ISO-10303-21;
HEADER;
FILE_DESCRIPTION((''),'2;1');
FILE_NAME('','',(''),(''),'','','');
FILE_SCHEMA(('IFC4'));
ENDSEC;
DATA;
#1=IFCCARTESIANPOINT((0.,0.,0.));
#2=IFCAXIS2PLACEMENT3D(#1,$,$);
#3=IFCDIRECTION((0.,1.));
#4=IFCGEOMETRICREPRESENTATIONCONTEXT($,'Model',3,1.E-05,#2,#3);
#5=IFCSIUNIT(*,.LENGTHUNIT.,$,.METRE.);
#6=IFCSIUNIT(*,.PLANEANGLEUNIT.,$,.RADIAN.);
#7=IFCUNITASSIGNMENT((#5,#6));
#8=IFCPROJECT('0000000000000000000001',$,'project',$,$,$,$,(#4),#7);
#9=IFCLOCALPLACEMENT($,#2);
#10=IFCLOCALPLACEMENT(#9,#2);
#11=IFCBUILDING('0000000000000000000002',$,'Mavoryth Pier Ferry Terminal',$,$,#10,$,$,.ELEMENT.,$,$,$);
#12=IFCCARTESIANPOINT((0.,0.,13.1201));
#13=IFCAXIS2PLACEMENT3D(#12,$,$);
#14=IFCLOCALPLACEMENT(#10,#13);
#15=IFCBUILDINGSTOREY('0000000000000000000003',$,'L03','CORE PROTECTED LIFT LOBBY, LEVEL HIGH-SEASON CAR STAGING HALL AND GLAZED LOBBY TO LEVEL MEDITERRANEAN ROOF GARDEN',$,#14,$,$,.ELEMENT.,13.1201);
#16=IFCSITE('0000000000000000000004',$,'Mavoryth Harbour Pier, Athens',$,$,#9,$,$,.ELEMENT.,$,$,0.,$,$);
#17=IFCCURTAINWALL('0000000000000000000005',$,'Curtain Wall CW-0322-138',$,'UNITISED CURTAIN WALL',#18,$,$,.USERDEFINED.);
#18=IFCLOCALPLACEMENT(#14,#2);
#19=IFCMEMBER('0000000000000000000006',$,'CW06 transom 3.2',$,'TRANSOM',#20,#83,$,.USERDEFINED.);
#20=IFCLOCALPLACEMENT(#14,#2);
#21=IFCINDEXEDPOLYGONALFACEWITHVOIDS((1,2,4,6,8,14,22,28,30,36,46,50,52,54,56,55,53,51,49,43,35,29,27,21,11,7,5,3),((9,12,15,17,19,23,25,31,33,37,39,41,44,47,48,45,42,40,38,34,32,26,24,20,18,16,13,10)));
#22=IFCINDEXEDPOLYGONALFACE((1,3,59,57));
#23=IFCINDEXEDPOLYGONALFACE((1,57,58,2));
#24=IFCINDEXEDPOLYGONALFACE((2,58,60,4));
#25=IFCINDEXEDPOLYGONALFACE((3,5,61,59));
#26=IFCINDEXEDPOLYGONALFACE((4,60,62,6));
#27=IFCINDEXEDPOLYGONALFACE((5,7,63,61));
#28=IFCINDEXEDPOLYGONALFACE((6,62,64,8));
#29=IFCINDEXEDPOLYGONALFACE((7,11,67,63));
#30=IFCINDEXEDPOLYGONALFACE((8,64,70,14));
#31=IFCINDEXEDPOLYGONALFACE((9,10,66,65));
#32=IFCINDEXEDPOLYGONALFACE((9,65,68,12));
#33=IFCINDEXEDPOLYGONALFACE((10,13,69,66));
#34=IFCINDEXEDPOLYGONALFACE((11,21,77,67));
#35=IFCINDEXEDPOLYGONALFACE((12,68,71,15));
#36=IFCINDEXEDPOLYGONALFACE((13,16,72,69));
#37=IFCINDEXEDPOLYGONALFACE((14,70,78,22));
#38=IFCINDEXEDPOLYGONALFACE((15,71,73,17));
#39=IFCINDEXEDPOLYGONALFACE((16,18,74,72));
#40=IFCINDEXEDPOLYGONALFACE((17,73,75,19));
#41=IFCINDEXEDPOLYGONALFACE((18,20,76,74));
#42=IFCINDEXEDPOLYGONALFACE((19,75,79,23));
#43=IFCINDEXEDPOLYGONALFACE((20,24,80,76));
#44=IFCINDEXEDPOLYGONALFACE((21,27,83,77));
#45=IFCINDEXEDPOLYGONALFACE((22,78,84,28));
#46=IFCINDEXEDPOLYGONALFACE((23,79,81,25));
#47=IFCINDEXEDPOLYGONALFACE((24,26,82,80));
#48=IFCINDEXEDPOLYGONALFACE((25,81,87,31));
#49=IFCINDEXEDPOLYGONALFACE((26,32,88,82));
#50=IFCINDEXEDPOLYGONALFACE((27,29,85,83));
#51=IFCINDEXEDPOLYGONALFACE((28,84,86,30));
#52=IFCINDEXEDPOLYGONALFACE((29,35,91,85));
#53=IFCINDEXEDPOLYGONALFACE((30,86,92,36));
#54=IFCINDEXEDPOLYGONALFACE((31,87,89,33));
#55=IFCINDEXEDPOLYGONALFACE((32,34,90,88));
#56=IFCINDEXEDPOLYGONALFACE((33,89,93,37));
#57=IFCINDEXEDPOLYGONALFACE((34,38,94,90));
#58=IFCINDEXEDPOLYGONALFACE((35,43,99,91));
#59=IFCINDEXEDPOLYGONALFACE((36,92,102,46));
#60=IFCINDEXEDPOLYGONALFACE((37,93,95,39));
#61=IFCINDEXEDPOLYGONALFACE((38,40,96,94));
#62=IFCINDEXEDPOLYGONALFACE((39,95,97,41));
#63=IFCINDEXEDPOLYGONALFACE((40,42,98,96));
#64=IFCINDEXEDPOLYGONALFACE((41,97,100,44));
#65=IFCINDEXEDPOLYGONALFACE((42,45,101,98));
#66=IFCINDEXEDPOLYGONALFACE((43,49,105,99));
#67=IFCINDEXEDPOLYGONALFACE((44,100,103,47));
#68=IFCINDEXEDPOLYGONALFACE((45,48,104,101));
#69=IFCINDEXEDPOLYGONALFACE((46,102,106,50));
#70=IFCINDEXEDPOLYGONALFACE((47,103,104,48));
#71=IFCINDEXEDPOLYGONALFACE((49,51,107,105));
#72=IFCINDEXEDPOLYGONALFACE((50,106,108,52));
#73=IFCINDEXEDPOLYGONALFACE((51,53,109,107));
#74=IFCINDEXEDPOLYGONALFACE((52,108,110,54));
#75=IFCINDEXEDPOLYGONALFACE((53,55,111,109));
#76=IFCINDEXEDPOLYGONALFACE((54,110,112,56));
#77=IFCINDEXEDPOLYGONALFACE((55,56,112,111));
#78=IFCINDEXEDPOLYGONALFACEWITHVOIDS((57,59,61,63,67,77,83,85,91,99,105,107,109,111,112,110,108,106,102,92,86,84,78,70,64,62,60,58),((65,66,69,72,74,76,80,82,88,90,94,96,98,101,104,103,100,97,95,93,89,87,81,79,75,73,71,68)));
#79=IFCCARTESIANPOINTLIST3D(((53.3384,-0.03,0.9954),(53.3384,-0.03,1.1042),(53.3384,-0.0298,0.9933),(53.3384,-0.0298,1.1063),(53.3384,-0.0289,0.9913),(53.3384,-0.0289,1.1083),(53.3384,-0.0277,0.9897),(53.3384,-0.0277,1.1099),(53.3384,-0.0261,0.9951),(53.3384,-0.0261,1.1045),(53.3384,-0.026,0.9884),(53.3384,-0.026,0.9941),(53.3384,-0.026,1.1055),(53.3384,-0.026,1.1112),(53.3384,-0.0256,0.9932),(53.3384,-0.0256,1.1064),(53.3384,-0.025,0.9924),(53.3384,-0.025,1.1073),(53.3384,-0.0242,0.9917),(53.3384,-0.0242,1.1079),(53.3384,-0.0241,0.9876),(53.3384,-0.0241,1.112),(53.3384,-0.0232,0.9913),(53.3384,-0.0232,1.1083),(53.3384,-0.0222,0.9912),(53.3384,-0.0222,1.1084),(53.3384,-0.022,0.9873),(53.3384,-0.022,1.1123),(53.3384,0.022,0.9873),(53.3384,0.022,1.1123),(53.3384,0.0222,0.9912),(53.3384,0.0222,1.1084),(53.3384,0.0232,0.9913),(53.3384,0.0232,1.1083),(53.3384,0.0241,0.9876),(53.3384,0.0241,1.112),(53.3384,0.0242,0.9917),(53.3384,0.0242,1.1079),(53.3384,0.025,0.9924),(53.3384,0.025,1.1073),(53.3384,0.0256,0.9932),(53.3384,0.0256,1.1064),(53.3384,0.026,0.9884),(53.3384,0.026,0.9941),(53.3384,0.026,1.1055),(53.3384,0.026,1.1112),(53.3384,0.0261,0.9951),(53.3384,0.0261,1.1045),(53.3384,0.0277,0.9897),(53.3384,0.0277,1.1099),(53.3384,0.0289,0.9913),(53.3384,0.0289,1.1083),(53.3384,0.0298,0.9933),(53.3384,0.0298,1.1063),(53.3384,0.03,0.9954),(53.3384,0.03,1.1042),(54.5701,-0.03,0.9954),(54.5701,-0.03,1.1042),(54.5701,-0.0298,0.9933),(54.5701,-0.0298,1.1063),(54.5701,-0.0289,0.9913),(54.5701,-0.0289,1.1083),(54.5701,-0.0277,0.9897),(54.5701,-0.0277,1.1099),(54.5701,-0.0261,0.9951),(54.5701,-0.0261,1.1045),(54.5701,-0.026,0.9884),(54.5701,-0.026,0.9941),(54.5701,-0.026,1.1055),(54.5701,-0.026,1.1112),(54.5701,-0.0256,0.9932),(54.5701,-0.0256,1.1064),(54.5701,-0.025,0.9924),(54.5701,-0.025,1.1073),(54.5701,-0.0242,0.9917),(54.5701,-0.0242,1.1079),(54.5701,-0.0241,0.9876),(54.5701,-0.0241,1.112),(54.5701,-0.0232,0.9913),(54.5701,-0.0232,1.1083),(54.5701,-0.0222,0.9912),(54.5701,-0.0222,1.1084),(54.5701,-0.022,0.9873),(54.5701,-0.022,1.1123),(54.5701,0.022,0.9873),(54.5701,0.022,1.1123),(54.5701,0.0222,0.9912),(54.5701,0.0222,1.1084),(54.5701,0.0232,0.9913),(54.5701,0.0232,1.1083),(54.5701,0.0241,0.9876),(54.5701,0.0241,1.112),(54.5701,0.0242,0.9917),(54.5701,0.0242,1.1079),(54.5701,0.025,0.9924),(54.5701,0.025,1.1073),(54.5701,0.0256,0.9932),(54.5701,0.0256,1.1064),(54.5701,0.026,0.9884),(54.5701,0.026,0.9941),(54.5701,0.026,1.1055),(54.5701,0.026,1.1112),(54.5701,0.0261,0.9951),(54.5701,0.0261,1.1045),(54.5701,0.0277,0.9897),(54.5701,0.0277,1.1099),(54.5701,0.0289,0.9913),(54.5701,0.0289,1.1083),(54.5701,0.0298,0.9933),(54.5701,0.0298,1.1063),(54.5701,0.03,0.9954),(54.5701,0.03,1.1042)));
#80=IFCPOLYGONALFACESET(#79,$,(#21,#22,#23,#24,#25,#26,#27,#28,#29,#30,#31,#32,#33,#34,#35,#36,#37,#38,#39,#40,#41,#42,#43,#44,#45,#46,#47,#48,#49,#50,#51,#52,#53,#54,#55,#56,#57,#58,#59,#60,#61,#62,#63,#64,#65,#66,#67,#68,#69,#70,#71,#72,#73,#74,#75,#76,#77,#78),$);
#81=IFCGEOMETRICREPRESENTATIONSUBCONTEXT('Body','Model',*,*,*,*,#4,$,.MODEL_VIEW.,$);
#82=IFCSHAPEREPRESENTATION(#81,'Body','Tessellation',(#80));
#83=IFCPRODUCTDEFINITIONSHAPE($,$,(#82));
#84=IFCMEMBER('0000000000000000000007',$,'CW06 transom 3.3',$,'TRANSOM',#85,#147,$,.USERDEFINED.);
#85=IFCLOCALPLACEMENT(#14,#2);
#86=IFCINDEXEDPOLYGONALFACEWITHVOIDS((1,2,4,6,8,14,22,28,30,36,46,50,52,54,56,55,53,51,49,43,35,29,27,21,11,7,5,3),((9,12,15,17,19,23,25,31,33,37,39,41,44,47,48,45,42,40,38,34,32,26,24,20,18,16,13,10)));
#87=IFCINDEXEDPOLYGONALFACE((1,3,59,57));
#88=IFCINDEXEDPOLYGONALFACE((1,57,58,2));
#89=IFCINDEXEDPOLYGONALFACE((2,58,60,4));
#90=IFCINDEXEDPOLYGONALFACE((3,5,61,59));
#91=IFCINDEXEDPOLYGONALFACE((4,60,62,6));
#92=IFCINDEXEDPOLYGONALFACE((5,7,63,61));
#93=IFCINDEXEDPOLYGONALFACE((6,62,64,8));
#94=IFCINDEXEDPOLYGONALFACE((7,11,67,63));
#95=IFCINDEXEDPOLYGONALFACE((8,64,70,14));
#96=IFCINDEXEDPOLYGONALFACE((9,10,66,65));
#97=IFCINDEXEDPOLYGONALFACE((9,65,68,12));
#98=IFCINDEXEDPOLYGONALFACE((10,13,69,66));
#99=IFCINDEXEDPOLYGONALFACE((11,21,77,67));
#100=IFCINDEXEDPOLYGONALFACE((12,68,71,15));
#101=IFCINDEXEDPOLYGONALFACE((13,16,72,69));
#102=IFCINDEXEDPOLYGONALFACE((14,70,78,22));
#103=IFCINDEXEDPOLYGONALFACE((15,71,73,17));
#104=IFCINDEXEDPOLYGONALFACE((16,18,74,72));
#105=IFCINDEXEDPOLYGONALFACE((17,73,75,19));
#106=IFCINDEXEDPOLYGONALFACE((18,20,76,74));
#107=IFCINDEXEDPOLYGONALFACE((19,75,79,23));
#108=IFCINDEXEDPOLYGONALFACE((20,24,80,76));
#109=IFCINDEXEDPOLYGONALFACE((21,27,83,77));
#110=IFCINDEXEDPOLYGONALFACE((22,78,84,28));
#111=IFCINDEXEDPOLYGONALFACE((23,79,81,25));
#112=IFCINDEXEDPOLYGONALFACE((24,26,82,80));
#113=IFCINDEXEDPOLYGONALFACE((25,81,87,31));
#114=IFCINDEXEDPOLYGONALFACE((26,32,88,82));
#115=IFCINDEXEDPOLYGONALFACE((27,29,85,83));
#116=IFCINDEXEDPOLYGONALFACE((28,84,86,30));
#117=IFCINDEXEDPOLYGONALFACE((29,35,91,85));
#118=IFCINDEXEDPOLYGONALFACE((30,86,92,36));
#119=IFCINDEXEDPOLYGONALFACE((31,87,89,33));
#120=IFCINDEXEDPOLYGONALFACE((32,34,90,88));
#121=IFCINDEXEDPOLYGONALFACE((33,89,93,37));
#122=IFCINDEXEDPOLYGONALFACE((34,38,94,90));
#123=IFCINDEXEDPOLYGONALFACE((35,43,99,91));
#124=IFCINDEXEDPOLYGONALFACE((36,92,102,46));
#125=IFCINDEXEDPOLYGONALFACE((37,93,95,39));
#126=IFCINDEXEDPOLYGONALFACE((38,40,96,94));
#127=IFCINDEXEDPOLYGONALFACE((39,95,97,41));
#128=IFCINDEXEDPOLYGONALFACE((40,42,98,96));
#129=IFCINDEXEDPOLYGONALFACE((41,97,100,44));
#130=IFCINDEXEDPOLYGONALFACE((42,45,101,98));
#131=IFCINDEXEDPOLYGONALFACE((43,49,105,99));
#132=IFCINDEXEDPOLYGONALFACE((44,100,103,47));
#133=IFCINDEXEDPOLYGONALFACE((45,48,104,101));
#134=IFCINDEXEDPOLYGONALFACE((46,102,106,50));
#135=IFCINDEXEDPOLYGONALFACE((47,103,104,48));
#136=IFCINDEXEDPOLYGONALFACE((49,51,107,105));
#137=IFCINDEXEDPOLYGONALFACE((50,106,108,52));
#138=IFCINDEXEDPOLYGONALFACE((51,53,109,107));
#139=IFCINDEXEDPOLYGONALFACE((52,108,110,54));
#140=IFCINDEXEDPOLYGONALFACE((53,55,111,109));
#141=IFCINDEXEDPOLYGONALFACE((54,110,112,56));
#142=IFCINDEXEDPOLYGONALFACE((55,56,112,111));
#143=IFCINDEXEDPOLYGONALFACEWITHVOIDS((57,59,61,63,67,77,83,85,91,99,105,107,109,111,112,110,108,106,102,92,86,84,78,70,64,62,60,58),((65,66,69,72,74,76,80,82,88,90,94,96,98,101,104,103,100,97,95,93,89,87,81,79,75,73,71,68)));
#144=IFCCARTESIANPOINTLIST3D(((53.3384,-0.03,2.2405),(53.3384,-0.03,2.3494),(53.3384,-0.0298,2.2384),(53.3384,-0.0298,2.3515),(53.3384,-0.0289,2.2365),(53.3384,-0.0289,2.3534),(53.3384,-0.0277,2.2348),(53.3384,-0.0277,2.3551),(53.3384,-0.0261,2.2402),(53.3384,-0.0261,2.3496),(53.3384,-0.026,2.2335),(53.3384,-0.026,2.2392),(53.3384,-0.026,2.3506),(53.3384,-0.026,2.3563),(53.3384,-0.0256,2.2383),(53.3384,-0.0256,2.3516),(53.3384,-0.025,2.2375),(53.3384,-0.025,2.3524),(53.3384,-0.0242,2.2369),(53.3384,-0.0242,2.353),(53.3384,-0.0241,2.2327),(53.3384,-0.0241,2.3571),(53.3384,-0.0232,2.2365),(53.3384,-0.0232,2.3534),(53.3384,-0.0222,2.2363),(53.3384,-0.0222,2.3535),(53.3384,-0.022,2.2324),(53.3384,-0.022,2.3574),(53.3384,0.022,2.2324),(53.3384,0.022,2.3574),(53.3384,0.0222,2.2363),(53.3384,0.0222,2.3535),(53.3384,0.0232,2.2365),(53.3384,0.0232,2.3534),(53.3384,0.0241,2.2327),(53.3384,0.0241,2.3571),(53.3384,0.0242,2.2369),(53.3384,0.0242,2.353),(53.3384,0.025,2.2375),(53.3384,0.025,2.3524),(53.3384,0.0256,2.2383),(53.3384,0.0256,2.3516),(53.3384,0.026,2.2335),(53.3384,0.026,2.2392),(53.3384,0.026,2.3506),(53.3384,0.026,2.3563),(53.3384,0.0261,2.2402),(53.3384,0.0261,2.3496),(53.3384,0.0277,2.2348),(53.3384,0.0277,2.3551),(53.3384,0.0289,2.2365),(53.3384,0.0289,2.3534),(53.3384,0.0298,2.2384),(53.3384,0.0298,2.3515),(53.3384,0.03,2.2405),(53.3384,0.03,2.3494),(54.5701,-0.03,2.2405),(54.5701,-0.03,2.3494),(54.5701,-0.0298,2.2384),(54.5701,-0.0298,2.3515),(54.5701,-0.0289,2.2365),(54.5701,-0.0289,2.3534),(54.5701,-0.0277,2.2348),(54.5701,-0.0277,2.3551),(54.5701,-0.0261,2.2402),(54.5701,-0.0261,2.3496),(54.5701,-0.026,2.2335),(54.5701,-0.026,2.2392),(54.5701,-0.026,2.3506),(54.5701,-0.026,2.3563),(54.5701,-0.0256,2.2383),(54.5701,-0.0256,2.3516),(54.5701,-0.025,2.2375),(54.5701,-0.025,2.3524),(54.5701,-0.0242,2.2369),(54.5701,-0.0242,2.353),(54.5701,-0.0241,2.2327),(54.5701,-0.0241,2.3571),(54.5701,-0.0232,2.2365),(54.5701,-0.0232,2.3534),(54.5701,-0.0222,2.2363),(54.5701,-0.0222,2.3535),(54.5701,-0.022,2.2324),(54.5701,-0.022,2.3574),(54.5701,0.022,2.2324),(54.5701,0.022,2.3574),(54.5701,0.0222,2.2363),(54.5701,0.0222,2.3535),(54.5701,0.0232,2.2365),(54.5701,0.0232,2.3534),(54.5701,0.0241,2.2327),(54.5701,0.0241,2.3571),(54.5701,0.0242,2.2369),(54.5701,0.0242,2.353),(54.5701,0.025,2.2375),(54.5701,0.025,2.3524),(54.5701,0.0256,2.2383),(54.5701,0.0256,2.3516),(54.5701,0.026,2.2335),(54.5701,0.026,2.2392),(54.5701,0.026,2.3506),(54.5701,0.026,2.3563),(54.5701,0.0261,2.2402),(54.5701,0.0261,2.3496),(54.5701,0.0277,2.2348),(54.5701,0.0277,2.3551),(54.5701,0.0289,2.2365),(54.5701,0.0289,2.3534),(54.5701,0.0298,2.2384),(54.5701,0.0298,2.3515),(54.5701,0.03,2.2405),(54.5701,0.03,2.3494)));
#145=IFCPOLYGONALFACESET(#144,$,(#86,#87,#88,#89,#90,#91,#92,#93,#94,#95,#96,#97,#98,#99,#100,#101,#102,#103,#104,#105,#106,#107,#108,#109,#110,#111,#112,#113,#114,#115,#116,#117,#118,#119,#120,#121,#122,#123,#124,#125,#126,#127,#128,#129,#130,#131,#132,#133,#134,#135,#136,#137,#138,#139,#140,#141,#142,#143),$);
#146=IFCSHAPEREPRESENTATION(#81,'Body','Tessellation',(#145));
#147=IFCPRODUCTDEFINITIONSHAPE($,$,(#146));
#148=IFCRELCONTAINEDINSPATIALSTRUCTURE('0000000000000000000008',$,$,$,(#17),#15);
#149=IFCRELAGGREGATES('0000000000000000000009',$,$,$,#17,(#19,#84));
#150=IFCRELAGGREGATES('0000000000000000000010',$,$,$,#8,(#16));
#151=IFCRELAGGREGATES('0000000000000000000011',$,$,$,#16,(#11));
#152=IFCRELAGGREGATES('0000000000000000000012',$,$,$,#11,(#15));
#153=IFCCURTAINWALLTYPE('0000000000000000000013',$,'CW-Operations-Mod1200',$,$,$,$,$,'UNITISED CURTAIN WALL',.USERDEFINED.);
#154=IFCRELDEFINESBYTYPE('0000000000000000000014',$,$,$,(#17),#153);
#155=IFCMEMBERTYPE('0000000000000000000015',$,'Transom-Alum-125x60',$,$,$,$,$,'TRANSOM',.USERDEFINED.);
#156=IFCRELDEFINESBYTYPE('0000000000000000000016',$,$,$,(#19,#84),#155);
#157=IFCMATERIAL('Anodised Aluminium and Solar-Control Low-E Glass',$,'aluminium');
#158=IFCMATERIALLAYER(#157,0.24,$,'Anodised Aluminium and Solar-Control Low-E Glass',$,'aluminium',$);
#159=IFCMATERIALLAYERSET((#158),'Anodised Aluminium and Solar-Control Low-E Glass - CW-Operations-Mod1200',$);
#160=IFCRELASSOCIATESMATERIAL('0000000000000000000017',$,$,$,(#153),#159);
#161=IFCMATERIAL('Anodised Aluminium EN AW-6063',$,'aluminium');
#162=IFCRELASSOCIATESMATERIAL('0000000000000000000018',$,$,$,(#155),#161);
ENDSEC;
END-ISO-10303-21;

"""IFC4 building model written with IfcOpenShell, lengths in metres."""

from ifc_helpers import new_model, si_unit, direction, frame, origin, origin_2d, place, context, subcontext, project, spatial, hollow_rectangle, extrude, material, layer, layer_set, material_profile, profile_set, type_object, element, aggregate, save


model = new_model("IFC4")

# Units and contexts
model_context = context("Model", 3, precision=1e-05, world=origin(), true_north=direction((0.0, 1.0)))
body_context = subcontext(model_context, "Body", "Model", "MODEL_VIEW")
ifc_project = project(units=[si_unit("LENGTHUNIT", "METRE"), si_unit("PLANEANGLEUNIT", "RADIAN")], contexts=[model_context])

# Site, building, storey
site_placement = place(None, origin())
site = spatial("IfcSite", under=ifc_project, at=site_placement, Name="Mavoryth Harbour Pier, Athens", CompositionType="ELEMENT", RefElevation=0.0)
building_placement = place(site_placement, origin())
building = spatial("IfcBuilding", under=site, at=building_placement, Name="Mavoryth Pier Ferry Terminal", CompositionType="ELEMENT")
storey_placement = place(building_placement, frame((0.0, 0.0, 13.1201)))
storey = spatial("IfcBuildingStorey", under=building, at=storey_placement, Name="L03", Description="CORE PROTECTED LIFT LOBBY, LEVEL HIGH-SEASON CAR STAGING HALL AND GLAZED LOBBY TO LEVEL MEDITERRANEAN ROOF GARDEN", CompositionType="ELEMENT", Elevation=13.1201)

# Curtain wall, members
ifc_material_1 = material(Name="Anodised Aluminium and Solar-Control Low-E Glass", Category="aluminium")
ifc_layer_1 = layer(ifc_material_1, 0.24, Name="Anodised Aluminium and Solar-Control Low-E Glass", Category="aluminium")
ifc_layer_set_1 = layer_set([ifc_layer_1], Name="Anodised Aluminium and Solar-Control Low-E Glass - CW-Operations-Mod1200")
curtain_wall_type = type_object("IfcCurtainWallType", Name="CW-Operations-Mod1200", ElementType="UNITISED CURTAIN WALL", PredefinedType="USERDEFINED", material=ifc_layer_set_1)
curtain_wall_placement = place(storey_placement, origin())
curtain_wall = element("IfcCurtainWall", 1, at=curtain_wall_placement, inside=storey, type_object=curtain_wall_type, Name="Curtain Wall CW-0322-138", ObjectType="UNITISED CURTAIN WALL", PredefinedType="USERDEFINED")
ifc_material_2 = material(Name="Anodised Aluminium EN AW-6063", Category="aluminium")
ifc_material_profile_1 = material_profile(ifc_material_2, hollow_rectangle(XDim=0.0601, YDim=0.125, WallThickness=0.0039, InnerFilletRadius=0.0039, OuterFilletRadius=0.0081, at=origin_2d()), Name="AL-TRAN 125x60x4", Category="aluminium")
ifc_profile_set_1 = profile_set([ifc_material_profile_1], Name="Anodised Aluminium EN AW-6063 - AL-TRAN 125x60x4")
member_type_1 = type_object("IfcMemberType", Name="Transom-Alum-125x60", ElementType="TRANSOM", PredefinedType="USERDEFINED", material=ifc_profile_set_1)
member_1_placement = place(storey_placement, frame((53.3384, 0.0, 1.0498), z_axis=(1.0, 0.0, 0.0), x_axis=(0.0, 1.0, 0.0)))
member_1 = element("IfcMember", 2, at=member_1_placement, type_object=member_type_1, Name="CW06 transom 3.2", ObjectType="TRANSOM", PredefinedType="USERDEFINED", context=body_context, shape_type="SweptSolid", body=[
    extrude(hollow_rectangle(XDim=0.0601, YDim=0.125, WallThickness=0.0039, InnerFilletRadius=0.0039, OuterFilletRadius=0.0081, at=origin_2d()), origin(), (0.0, 0.0, 1.0), 1.2317),
])
member_2_placement = place(storey_placement, frame((53.3384, 0.0, 2.2949), z_axis=(1.0, 0.0, 0.0), x_axis=(0.0, 1.0, 0.0)))
member_2 = element("IfcMember", 3, at=member_2_placement, type_object=member_type_1, Name="CW06 transom 3.3", ObjectType="TRANSOM", PredefinedType="USERDEFINED", context=body_context, shape_type="SweptSolid", body=[
    extrude(hollow_rectangle(XDim=0.0601, YDim=0.125, WallThickness=0.0039, InnerFilletRadius=0.0039, OuterFilletRadius=0.0081, at=origin_2d()), origin(), (0.0, 0.0, 1.0), 1.2317),
])
aggregate(curtain_wall, [member_1, member_2])

save(model, "model.ifc")
